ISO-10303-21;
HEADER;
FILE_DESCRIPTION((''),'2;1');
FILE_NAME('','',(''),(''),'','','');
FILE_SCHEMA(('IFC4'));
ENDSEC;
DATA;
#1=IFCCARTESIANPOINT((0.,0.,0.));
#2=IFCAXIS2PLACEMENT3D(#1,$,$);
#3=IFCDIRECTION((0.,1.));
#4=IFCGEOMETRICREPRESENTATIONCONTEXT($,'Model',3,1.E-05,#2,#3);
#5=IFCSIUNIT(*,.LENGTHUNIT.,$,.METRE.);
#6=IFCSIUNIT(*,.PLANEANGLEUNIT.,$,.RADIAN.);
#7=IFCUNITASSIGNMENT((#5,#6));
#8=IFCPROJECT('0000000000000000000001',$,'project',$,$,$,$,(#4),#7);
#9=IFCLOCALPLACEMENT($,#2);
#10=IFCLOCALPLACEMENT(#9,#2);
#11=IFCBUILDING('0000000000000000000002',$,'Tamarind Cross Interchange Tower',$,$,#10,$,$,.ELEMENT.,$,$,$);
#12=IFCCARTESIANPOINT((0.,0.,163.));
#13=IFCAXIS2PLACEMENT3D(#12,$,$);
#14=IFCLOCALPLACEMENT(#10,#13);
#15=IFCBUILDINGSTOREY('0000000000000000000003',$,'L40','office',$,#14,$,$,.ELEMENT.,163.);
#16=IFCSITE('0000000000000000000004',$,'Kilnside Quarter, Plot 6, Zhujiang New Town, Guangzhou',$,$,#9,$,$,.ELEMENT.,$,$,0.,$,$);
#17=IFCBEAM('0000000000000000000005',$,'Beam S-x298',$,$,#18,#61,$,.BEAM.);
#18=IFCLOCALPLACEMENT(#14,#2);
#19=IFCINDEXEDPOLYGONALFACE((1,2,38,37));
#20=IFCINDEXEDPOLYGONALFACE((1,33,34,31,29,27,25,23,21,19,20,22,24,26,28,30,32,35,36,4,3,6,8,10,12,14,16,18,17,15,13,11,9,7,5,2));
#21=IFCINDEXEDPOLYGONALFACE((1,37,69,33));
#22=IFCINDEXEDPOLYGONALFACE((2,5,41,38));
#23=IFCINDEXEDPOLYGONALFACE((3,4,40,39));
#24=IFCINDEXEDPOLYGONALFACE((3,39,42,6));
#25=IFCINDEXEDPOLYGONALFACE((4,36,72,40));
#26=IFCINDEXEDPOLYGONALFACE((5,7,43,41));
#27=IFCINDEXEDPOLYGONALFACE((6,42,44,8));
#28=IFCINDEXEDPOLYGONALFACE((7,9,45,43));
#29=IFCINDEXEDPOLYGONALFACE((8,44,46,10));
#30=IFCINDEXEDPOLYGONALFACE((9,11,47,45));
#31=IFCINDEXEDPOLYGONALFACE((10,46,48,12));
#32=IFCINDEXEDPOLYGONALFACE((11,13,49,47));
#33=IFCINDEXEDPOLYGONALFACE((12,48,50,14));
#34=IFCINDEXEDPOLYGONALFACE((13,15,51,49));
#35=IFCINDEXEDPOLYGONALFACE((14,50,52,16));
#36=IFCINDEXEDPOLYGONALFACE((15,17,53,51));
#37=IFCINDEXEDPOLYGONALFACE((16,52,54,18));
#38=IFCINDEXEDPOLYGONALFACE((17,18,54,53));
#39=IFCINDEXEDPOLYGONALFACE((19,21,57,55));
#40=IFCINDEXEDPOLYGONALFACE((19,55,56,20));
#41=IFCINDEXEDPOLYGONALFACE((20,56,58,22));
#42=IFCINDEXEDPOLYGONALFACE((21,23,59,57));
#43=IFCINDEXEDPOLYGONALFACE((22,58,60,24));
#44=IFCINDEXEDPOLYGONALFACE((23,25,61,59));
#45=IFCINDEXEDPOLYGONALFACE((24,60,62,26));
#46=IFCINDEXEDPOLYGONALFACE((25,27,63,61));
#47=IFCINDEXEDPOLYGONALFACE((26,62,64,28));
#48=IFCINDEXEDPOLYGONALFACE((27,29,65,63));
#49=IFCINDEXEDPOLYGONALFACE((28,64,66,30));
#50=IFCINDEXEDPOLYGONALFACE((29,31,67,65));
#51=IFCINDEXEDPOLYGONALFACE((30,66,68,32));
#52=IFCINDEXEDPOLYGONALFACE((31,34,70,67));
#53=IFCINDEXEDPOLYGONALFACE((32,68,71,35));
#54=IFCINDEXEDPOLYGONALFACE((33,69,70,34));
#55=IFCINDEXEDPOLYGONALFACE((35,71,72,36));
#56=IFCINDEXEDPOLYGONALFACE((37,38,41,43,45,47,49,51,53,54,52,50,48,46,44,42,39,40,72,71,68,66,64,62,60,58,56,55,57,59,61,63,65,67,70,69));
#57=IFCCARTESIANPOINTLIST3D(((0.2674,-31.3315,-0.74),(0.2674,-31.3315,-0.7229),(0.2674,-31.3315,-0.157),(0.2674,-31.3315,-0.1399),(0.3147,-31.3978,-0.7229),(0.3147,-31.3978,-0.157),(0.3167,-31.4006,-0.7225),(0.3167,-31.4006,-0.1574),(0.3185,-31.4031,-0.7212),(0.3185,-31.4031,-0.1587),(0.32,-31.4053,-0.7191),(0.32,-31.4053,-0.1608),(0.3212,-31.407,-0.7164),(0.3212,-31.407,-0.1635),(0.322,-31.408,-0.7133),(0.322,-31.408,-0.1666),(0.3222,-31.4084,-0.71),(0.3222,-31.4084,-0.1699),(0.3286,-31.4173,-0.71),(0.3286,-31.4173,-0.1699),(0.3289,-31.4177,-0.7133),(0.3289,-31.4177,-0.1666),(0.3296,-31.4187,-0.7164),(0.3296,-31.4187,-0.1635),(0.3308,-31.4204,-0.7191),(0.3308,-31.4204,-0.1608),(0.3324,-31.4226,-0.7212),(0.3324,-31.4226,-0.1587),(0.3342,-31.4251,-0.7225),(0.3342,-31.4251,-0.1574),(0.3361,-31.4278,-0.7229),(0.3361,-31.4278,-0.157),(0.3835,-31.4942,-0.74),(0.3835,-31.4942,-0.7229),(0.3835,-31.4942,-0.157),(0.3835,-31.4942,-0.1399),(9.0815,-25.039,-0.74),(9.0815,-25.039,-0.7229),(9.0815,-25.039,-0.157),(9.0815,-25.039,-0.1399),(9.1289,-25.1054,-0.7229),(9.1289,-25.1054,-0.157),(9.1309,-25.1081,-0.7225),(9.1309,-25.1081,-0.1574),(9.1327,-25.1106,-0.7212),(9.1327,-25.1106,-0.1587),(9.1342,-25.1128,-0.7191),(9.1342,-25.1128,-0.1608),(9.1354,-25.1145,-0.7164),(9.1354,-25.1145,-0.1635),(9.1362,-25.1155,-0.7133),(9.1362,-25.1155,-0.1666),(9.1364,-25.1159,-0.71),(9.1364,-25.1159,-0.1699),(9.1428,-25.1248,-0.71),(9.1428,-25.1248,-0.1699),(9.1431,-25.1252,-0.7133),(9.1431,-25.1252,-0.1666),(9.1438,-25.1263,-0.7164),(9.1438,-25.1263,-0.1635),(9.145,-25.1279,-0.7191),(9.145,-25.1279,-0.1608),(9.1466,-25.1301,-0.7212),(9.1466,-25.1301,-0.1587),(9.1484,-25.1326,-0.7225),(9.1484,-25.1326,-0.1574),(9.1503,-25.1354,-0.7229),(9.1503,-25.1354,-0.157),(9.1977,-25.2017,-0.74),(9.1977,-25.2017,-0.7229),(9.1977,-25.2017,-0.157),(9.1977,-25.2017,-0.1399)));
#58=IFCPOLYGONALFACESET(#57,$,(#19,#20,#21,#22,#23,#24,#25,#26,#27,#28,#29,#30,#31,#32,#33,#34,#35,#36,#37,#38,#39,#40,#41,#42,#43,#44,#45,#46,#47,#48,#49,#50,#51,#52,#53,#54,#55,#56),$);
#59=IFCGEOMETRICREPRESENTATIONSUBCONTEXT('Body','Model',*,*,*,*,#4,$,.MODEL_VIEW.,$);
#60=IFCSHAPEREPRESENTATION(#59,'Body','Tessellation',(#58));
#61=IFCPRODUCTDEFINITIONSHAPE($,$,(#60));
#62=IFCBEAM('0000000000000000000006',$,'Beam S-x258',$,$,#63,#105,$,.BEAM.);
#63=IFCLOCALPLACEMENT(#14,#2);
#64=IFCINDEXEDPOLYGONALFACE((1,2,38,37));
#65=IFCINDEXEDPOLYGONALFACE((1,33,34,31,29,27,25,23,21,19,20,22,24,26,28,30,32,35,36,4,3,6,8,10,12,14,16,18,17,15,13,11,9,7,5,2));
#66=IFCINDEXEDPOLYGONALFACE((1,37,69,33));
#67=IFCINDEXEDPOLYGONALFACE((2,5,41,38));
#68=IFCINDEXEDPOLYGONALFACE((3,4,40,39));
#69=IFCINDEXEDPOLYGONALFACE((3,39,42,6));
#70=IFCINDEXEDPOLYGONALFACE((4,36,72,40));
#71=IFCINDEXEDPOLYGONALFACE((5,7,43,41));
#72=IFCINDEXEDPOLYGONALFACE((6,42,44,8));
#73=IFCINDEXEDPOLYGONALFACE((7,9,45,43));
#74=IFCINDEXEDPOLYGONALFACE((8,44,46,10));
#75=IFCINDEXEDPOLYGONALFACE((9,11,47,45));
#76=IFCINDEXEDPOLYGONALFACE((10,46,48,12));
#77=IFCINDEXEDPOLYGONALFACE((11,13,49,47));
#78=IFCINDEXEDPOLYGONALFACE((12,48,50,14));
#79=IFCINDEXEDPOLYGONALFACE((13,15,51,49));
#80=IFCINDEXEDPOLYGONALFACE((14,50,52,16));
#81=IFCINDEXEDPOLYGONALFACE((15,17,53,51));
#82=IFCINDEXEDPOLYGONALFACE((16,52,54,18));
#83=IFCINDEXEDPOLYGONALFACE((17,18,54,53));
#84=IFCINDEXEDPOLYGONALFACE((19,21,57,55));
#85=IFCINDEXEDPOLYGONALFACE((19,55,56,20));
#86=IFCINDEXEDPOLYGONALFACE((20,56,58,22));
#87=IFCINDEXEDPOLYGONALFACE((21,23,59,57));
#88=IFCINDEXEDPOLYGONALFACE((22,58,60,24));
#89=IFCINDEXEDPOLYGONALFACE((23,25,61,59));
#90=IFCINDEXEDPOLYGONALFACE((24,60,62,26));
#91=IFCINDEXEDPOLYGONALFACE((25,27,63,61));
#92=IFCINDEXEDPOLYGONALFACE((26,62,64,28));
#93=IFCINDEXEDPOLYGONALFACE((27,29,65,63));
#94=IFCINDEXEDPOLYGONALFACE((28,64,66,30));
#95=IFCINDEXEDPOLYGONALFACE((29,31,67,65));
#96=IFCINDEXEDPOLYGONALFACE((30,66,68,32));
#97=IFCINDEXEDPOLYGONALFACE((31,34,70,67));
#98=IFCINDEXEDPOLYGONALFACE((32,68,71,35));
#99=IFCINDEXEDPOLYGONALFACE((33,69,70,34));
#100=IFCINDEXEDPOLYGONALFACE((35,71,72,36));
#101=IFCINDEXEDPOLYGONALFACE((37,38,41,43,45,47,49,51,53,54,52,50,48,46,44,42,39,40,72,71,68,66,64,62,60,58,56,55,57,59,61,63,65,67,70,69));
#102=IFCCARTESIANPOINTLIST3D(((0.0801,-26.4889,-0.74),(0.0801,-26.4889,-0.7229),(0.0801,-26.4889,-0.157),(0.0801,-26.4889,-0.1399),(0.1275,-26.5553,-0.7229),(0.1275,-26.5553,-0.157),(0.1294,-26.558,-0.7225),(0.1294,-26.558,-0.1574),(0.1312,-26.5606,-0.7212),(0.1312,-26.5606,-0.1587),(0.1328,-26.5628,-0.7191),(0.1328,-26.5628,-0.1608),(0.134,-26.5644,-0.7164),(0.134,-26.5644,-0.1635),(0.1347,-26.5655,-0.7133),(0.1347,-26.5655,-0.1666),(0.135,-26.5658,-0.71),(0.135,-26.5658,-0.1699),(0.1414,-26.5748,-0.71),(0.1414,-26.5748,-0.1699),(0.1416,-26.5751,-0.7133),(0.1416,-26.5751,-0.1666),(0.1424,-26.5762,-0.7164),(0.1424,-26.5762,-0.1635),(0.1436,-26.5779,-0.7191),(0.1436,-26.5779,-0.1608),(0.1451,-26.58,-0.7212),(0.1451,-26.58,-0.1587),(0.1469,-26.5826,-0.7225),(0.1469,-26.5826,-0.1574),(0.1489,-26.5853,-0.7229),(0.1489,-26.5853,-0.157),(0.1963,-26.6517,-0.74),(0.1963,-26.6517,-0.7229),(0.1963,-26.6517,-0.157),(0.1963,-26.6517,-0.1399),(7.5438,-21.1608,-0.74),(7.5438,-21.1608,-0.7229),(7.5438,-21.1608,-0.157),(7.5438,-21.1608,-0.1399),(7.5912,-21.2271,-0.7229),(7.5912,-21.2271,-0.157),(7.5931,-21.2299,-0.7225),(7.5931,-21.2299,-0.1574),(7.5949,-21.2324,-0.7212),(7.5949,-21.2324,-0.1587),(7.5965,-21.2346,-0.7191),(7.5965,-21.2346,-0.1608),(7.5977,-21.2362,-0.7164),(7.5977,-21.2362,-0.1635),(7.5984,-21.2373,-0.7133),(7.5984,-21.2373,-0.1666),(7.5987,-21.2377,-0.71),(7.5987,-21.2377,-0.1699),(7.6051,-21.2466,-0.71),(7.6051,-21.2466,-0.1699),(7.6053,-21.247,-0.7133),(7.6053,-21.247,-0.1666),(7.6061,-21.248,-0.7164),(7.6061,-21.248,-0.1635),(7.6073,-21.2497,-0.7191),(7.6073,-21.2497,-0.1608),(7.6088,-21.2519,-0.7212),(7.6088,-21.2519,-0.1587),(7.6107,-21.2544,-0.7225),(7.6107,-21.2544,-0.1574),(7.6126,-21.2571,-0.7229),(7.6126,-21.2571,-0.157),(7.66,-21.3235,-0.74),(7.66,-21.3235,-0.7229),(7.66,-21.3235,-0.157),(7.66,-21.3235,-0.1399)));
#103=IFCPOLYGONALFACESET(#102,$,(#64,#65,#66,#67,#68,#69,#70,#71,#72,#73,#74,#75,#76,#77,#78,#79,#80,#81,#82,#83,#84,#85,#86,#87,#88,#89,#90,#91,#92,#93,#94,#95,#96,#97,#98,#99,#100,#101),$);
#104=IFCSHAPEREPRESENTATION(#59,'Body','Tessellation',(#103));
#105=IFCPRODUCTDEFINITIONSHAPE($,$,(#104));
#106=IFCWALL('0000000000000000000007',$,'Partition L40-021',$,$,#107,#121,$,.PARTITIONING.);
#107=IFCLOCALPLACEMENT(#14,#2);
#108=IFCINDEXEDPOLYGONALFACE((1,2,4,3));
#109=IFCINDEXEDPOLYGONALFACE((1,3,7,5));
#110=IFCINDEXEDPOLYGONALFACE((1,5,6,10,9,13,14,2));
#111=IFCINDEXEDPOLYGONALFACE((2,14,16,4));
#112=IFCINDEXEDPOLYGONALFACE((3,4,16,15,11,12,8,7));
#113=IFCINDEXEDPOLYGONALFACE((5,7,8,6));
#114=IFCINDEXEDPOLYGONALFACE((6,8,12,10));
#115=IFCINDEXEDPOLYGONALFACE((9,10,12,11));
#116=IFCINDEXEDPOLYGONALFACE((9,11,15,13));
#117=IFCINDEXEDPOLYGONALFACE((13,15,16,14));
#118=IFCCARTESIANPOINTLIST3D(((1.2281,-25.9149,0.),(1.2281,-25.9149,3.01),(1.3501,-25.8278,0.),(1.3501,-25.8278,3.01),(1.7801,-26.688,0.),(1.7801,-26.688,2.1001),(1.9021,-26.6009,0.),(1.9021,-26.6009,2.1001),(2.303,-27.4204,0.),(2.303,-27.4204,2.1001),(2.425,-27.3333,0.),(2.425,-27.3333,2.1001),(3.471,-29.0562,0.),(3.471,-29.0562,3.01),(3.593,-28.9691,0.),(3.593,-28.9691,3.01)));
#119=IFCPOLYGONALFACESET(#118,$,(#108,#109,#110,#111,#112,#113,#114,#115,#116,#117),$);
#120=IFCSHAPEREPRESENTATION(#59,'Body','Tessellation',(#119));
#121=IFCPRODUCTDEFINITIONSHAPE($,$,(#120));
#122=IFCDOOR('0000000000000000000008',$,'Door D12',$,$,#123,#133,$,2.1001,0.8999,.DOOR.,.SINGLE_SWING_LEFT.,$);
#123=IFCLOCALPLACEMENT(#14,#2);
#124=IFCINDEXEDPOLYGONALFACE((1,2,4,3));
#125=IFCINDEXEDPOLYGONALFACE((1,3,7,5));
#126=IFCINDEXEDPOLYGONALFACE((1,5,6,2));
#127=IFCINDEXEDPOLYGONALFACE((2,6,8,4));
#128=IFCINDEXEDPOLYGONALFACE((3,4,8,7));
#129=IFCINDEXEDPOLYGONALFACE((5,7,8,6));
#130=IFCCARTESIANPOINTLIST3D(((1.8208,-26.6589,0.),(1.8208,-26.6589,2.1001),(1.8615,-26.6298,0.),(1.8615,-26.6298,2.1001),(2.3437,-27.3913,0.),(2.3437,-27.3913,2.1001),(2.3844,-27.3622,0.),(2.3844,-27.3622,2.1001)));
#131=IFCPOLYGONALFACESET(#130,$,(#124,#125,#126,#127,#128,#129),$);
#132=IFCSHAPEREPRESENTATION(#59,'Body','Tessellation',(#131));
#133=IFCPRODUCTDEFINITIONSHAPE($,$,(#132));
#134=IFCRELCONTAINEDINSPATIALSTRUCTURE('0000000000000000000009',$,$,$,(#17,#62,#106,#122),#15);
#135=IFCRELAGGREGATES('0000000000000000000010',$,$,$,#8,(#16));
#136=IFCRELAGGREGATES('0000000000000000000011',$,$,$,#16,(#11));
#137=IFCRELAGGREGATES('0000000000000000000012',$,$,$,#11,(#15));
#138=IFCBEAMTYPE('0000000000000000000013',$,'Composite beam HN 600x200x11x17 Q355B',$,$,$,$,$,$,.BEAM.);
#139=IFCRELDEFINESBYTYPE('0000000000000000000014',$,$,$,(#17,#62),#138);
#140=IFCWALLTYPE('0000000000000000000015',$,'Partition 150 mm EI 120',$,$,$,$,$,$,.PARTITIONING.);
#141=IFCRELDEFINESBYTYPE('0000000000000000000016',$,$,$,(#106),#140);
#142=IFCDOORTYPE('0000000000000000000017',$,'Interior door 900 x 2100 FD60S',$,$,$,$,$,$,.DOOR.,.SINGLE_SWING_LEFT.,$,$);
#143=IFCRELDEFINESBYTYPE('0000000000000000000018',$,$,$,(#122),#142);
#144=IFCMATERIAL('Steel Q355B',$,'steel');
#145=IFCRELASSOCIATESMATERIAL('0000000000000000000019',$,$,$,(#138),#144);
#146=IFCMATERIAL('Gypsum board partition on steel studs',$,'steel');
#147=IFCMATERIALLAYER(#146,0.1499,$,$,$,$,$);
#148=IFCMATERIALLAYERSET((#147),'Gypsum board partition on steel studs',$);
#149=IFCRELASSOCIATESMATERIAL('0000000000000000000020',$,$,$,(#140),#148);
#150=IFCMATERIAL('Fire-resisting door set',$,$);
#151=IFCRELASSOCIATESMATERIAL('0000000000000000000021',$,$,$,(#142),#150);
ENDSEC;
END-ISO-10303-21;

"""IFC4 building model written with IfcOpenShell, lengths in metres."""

from ifc_helpers import new_model, si_unit, direction, frame, frame_2d, origin, origin_2d, place, context, subcontext, project, spatial, rectangle, i_section, extrude, material, layer, layer_set, material_profile, profile_set, type_object, element, fill, save


model = new_model("IFC4")

# Units and contexts
model_context = context("Model", 3, precision=1e-05, world=origin(), true_north=direction((0.0, 1.0)))
body_context = subcontext(model_context, "Body", "Model", "MODEL_VIEW")
ifc_project = project(units=[si_unit("LENGTHUNIT", "METRE"), si_unit("PLANEANGLEUNIT", "RADIAN")], contexts=[model_context])

# Site, building, storey
site_placement = place(None, origin())
site = spatial("IfcSite", under=ifc_project, at=site_placement, Name="Kilnside Quarter, Plot 6, Zhujiang New Town, Guangzhou", CompositionType="ELEMENT", RefElevation=0.0)
building_placement = place(site_placement, origin())
building = spatial("IfcBuilding", under=site, at=building_placement, Name="Tamarind Cross Interchange Tower", CompositionType="ELEMENT")
storey_placement = place(building_placement, frame((0.0, 0.0, 163.0)))
storey = spatial("IfcBuildingStorey", under=building, at=storey_placement, Name="L40", Description="office", CompositionType="ELEMENT", Elevation=163.0)

# Beams
ifc_material_1 = material(Name="Steel Q355B", Category="steel")
ifc_material_profile_1 = material_profile(ifc_material_1, i_section(OverallWidth=0.2, OverallDepth=0.6001, WebThickness=0.011, FlangeThickness=0.0171, FilletRadius=0.0129, at=origin_2d()), Name="HN 600x200x11x17")
ifc_profile_set_1 = profile_set([ifc_material_profile_1], Name="Steel Q355B")
beam_type_1 = type_object("IfcBeamType", Name="Composite beam HN 600x200x11x17 Q355B", PredefinedType="BEAM", material=ifc_profile_set_1)
beam_1_placement = place(storey_placement, frame((0.3254, -31.4128, -0.4399), z_axis=(0.813881, 0.581031, 0.0), x_axis=(-0.581031, 0.813881, 0.0)))
element("IfcBeam", 1, at=beam_1_placement, inside=storey, type_object=beam_type_1, Name="Beam S-x298", PredefinedType="BEAM", context=body_context, shape_type="SweptSolid", body=[
    extrude(i_section(OverallWidth=0.2, OverallDepth=0.6001, WebThickness=0.011, FlangeThickness=0.0171, FilletRadius=0.0129, at=origin_2d()), origin(), (0.0, 0.0, 1.0), 10.8298),
])
beam_2_placement = place(storey_placement, frame((0.1382, -26.5703, -0.4399), z_axis=(0.81389, 0.581019, 0.0), x_axis=(-0.581019, 0.81389, 0.0)))
element("IfcBeam", 2, at=beam_2_placement, inside=storey, type_object=beam_type_1, Name="Beam S-x258", PredefinedType="BEAM", context=body_context, shape_type="SweptSolid", body=[
    extrude(i_section(OverallWidth=0.2, OverallDepth=0.6001, WebThickness=0.011, FlangeThickness=0.0171, FilletRadius=0.0129, at=origin_2d()), origin(), (0.0, 0.0, 1.0), 9.1704),
])

# Wall, opening, door
ifc_material_2 = material(Name="Gypsum board partition on steel studs", Category="steel")
ifc_layer_1 = layer(ifc_material_2, 0.1499)
ifc_layer_set_1 = layer_set([ifc_layer_1], Name="Gypsum board partition on steel studs")
wall_type_1 = type_object("IfcWallType", Name="Partition 150 mm EI 120", PredefinedType="PARTITIONING", material=ifc_layer_set_1)
wall_1_placement = place(storey_placement, frame((1.2891, -25.8713, 0.0), z_axis=(0.0, 0.0, 1.0), x_axis=(0.581083, -0.813845, 0.0)))
wall_1 = element("IfcWall", 3, at=wall_1_placement, inside=storey, type_object=wall_type_1, Name="Partition L40-021", PredefinedType="PARTITIONING", context=body_context, shape_type="SweptSolid", body=[
    extrude(rectangle(XDim=3.8599, YDim=0.1499, at=frame_2d((1.9299, 0.0))), origin(), (0.0, 0.0, 1.0), 3.01),
])
opening_1_placement = place(wall_1_placement, frame((0.95, 0.0, 0.0)))
opening_1 = element("IfcOpeningElement", 4, at=opening_1_placement, cuts=wall_1, PredefinedType="OPENING", context=body_context, shape_type="SweptSolid", body=[
    extrude(rectangle(XDim=0.8999, YDim=2.1001, at=frame_2d((0.45, 1.05))), frame((0.0, 0.085, 0.0), z_axis=(0.0, -1.0, 0.0), x_axis=(1.0, 0.0, 0.0)), (0.0, 0.0, 1.0), 0.1699),
])
ifc_material_3 = material(Name="Fire-resisting door set")
door_type_1 = type_object("IfcDoorType", Name="Interior door 900 x 2100 FD60S", OperationType="SINGLE_SWING_LEFT", PredefinedType="DOOR", material=ifc_material_3)
door_1_placement = place(opening_1_placement, frame((0.8999, 0.0, 0.0), z_axis=(0.0, 0.0, 1.0), x_axis=(-1.0, 0.0, 0.0)))
door_1 = element("IfcDoor", 5, at=door_1_placement, inside=storey, type_object=door_type_1, Name="Door D12", OperationType="SINGLE_SWING_LEFT", OverallHeight=2.1001, OverallWidth=0.8999, PredefinedType="DOOR", context=body_context, shape_type="SweptSolid", body=[
    extrude(rectangle(XDim=0.8999, YDim=2.1001, at=frame_2d((0.45, 1.05))), frame((0.0, 0.0249, 0.0), z_axis=(0.0, -1.0, 0.0), x_axis=(1.0, 0.0, 0.0)), (0.0, 0.0, 1.0), 0.05),
])
fill(opening_1, door_1)

save(model, "model.ifc")
